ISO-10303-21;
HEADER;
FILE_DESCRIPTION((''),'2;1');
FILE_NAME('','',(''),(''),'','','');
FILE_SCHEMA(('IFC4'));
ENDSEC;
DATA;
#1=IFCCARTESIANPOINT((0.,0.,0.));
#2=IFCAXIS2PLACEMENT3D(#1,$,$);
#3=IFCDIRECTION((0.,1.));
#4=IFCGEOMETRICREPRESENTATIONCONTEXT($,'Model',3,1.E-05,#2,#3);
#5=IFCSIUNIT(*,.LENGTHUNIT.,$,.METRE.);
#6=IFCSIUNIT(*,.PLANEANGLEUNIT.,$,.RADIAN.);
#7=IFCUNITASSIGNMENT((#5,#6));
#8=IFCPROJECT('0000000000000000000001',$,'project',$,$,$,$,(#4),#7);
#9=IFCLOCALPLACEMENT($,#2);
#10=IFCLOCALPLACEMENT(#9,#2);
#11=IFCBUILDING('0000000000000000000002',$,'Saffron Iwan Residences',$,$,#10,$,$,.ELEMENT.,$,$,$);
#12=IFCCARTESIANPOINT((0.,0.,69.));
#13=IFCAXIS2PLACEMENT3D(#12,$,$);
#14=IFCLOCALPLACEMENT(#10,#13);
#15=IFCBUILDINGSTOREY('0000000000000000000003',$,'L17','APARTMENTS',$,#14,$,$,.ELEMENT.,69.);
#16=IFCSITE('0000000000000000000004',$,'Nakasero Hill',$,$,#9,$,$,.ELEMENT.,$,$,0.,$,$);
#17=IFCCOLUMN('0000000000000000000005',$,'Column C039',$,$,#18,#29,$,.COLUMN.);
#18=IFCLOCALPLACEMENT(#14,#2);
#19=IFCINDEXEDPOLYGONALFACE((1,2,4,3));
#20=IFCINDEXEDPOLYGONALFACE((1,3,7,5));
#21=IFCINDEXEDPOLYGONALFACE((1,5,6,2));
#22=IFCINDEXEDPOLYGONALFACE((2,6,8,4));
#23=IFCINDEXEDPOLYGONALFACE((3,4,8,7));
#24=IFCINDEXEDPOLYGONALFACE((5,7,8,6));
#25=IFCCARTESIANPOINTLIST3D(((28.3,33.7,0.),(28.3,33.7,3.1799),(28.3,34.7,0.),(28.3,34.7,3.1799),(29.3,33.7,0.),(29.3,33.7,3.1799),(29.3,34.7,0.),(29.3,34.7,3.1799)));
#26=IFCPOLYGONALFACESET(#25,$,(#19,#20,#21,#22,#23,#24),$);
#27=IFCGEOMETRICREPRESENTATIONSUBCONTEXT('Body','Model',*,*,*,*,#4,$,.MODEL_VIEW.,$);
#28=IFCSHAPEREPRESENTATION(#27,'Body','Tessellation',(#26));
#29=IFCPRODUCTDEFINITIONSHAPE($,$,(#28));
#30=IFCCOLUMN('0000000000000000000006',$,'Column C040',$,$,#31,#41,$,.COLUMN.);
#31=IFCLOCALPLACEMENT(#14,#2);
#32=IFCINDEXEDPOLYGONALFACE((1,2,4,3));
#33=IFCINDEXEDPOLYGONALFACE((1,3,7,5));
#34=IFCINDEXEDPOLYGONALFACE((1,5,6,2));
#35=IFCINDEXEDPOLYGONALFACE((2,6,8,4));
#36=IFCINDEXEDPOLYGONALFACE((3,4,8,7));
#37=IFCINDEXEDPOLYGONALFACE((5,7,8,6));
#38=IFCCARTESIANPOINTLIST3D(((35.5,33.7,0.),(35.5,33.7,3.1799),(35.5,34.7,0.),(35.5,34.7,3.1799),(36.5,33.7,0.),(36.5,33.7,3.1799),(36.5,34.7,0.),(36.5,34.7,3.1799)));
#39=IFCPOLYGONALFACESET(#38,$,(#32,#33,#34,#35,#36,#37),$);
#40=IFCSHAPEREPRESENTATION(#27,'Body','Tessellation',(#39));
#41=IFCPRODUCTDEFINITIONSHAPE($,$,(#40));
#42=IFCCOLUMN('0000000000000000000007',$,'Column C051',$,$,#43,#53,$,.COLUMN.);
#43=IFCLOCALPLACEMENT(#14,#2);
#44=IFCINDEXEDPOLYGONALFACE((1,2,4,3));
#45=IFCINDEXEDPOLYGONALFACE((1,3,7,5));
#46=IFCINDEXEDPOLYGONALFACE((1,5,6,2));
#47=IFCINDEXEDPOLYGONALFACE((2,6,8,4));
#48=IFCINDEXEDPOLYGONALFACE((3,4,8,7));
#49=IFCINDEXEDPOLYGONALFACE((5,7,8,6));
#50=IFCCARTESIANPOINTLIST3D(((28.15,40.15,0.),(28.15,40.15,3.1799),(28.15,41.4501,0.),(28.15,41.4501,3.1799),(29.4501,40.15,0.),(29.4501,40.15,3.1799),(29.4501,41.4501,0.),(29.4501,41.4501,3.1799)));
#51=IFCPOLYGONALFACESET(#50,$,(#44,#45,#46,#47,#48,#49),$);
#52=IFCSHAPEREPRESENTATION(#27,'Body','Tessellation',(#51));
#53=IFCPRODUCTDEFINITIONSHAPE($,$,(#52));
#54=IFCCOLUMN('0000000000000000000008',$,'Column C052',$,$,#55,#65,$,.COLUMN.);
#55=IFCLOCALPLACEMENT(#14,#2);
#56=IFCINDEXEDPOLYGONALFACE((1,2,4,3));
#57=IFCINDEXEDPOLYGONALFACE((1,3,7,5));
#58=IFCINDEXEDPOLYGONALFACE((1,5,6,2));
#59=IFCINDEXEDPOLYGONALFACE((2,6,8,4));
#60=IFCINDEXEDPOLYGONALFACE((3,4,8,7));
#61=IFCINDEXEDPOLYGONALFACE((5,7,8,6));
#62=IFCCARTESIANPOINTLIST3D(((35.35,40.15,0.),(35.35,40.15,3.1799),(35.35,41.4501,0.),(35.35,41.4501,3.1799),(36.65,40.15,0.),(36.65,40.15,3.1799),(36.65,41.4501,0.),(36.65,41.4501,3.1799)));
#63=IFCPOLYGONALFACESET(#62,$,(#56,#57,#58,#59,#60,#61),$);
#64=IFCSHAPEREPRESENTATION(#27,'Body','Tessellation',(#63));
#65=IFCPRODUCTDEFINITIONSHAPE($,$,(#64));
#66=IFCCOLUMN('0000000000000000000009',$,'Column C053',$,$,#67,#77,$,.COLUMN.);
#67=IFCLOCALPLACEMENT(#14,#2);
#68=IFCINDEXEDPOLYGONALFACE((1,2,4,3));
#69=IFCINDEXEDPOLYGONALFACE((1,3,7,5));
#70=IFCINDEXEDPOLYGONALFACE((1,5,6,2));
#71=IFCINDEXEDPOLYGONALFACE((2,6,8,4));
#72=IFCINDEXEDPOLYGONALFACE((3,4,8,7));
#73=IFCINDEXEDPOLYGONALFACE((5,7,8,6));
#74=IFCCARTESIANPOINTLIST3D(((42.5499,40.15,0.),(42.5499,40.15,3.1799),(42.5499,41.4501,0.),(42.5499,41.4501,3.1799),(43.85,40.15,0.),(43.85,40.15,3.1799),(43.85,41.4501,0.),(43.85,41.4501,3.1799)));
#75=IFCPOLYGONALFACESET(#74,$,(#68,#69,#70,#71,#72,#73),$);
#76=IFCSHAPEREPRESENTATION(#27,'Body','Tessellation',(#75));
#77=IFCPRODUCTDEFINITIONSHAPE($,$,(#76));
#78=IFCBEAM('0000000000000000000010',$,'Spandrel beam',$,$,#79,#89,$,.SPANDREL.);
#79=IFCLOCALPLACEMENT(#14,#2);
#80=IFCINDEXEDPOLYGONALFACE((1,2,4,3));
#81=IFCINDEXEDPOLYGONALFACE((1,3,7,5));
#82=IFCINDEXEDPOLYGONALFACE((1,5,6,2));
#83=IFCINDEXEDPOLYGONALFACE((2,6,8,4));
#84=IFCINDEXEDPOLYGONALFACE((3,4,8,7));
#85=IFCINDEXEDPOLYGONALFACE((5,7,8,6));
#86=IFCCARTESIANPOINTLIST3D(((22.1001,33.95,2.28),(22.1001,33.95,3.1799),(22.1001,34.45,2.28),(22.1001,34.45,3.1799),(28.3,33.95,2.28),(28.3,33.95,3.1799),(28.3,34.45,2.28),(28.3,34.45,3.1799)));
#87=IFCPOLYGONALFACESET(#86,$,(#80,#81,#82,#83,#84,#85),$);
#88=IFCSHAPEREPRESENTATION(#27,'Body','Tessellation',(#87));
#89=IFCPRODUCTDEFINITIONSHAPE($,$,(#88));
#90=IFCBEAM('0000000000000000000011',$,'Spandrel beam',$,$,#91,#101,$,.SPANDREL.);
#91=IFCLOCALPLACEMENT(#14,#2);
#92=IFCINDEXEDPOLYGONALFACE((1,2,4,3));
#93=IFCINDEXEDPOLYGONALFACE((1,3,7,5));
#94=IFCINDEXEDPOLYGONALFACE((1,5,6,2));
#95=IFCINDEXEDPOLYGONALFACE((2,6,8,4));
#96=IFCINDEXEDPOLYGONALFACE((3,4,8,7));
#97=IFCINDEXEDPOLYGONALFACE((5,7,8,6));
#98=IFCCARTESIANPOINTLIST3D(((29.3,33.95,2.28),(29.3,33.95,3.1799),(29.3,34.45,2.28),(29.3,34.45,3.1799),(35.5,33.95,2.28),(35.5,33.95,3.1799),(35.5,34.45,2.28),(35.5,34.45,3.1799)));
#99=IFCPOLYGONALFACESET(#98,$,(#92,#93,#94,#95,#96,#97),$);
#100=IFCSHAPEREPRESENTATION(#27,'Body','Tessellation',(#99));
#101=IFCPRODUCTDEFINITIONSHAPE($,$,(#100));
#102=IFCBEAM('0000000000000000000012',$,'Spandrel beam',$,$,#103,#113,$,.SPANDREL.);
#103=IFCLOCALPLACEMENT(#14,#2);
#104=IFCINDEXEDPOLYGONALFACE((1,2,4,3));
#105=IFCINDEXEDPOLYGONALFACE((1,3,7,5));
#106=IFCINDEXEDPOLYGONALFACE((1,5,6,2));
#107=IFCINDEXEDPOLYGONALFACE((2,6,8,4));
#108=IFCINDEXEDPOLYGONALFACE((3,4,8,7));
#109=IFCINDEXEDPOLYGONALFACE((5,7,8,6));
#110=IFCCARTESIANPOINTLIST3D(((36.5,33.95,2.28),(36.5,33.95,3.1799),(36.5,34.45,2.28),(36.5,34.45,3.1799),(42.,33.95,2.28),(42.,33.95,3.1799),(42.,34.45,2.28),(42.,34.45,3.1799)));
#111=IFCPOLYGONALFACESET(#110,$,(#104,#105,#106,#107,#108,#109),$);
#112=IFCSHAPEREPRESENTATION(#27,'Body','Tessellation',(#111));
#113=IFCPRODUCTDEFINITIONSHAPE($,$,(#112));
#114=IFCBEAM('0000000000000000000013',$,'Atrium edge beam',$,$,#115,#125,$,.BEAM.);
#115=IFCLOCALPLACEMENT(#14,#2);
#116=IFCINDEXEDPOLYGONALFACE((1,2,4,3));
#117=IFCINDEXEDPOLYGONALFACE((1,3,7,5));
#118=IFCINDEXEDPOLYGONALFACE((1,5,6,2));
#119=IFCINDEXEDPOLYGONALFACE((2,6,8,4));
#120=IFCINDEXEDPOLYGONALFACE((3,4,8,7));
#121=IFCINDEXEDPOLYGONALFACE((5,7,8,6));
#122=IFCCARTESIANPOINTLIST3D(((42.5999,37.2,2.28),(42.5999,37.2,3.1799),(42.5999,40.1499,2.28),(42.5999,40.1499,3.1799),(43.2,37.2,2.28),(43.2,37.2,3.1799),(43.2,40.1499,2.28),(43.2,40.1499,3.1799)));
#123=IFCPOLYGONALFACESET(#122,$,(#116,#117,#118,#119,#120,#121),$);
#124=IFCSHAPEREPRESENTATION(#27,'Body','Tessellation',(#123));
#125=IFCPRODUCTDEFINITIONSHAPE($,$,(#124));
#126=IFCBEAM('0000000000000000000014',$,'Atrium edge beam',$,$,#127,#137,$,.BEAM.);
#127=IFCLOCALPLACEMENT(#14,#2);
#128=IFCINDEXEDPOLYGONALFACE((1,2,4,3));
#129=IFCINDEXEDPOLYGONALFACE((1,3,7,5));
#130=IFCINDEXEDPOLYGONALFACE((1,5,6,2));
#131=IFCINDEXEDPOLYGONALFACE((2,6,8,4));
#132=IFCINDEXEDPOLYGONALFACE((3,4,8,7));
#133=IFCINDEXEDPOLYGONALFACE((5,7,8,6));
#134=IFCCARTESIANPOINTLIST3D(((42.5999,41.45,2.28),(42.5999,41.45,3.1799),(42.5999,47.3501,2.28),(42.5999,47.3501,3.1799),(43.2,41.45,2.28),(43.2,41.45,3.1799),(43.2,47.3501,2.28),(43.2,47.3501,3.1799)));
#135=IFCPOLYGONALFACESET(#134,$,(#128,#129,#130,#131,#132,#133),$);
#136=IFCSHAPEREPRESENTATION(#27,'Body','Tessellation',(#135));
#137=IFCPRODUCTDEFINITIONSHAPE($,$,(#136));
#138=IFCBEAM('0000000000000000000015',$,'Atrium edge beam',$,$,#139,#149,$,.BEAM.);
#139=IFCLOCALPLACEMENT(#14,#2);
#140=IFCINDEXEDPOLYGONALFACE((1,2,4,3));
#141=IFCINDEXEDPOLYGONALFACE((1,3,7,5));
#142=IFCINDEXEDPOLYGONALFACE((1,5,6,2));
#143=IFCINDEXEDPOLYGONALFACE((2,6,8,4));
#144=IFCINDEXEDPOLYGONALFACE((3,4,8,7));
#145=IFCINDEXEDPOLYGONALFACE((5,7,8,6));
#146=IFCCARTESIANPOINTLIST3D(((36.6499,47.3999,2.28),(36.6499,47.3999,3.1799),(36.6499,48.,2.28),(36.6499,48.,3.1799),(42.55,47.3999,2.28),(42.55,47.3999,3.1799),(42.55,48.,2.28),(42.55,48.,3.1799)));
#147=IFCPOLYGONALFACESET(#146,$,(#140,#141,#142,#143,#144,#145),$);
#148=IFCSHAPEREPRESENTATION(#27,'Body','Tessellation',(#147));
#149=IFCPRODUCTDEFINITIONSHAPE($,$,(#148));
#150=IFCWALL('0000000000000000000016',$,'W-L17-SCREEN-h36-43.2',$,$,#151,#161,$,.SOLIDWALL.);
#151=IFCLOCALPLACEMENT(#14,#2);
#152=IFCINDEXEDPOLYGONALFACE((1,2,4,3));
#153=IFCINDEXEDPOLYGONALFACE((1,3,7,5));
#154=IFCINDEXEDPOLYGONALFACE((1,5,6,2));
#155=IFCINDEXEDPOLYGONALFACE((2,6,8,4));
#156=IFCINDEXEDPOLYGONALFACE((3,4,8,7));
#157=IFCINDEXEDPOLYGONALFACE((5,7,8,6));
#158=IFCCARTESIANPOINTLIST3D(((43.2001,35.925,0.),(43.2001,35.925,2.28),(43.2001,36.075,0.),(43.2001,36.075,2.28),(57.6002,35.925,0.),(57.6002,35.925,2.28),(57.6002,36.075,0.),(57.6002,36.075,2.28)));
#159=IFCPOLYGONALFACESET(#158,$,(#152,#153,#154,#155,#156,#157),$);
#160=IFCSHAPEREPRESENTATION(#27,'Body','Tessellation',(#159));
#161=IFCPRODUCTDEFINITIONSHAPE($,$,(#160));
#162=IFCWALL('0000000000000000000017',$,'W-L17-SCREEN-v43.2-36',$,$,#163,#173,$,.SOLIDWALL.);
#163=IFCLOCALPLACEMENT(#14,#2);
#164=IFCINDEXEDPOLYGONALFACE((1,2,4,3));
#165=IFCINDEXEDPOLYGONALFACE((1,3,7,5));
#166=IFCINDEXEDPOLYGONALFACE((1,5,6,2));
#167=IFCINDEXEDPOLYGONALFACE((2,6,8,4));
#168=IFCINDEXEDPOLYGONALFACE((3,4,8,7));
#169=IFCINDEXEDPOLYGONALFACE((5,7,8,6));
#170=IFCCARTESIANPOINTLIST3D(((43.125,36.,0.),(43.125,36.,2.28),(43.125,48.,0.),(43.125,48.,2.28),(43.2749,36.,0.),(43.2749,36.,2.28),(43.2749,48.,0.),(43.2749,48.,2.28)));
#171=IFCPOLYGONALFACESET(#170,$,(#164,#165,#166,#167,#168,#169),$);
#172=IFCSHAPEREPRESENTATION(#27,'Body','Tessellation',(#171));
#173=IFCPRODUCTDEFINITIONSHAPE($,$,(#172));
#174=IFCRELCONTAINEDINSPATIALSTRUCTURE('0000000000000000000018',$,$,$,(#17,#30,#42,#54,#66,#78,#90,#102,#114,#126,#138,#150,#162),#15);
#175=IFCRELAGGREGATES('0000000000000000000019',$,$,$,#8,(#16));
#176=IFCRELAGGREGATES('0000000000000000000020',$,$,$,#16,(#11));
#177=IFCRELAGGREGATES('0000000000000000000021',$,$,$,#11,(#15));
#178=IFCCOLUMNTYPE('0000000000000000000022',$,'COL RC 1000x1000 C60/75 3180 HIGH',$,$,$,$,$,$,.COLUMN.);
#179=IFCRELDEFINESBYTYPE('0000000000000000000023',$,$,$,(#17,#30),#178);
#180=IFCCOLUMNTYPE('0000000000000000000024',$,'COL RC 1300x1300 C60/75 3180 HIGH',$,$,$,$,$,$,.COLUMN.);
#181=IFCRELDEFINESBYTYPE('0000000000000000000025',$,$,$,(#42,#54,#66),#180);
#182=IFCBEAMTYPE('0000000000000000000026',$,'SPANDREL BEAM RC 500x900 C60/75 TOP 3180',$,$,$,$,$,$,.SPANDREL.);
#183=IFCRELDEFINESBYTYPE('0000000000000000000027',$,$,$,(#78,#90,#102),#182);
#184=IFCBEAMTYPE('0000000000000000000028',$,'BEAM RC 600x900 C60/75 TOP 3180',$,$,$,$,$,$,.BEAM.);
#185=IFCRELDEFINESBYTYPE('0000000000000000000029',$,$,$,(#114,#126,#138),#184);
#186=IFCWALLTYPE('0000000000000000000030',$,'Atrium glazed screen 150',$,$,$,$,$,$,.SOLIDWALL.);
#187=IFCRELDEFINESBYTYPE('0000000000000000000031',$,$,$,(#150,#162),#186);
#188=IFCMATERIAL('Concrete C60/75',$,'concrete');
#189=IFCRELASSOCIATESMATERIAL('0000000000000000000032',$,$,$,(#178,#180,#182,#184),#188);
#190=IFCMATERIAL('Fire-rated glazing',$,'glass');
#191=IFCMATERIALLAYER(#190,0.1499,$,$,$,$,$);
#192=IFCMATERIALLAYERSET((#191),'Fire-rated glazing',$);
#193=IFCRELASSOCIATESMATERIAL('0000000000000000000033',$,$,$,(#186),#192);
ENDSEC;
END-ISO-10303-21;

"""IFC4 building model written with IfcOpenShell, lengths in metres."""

from ifc_helpers import new_model, si_unit, direction, frame, frame_2d, origin, origin_2d, place, context, subcontext, project, spatial, rectangle, extrude, source, transform, mapped, material, layer, layer_set, material_profile, profile_set, type_object, element, save


model = new_model("IFC4")

# Units and contexts
model_context = context("Model", 3, precision=1e-05, world=origin(), true_north=direction((0.0, 1.0)))
body_context = subcontext(model_context, "Body", "Model", "MODEL_VIEW")
ifc_project = project(units=[si_unit("LENGTHUNIT", "METRE"), si_unit("PLANEANGLEUNIT", "RADIAN")], contexts=[model_context])

# Site, building, storey
site_placement = place(None, origin())
site = spatial("IfcSite", under=ifc_project, at=site_placement, Name="Nakasero Hill", CompositionType="ELEMENT", RefElevation=0.0)
building_placement = place(site_placement, origin())
building = spatial("IfcBuilding", under=site, at=building_placement, Name="Saffron Iwan Residences", CompositionType="ELEMENT")
storey_placement = place(building_placement, frame((0.0, 0.0, 69.0)))
storey = spatial("IfcBuildingStorey", under=building, at=storey_placement, Name="L17", Description="APARTMENTS", CompositionType="ELEMENT", Elevation=69.0)

# Columns
ifc_material_1 = material(Name="Concrete C60/75", Category="concrete")
ifc_material_profile_1 = material_profile(ifc_material_1, rectangle(XDim=1.0, YDim=1.0, at=origin_2d()), Name="RC 1000x1000")
ifc_profile_set_1 = profile_set([ifc_material_profile_1], Name="Concrete C60/75")
column_type_1 = type_object("IfcColumnType", Name="COL RC 1000x1000 C60/75 3180 HIGH", PredefinedType="COLUMN", material=ifc_profile_set_1)
shared_shape_1 = source(origin(), body_context, "Body", "SweptSolid", [
    extrude(rectangle(XDim=1.0, YDim=1.0, at=origin_2d()), origin(), (0.0, 0.0, 1.0), 3.1799),
])
for number, where, z_axis, x_axis, name in (
    (1, (28.8, 34.2, 0.0), (0.0, 0.0, 1.0), (1.0, 0.0, 0.0), "Column C039"),
    (2, (36.0, 34.2, 0.0), (0.0, 0.0, 1.0), (1.0, 0.0, 0.0), "Column C040"),
):
    element("IfcColumn", number, at=place(storey_placement, frame(where, z_axis=z_axis, x_axis=x_axis)), inside=storey, type_object=column_type_1, Name=name, PredefinedType="COLUMN", context=body_context, shape_type="MappedRepresentation", body=[
        mapped(shared_shape_1, transform((0.0, 0.0, 0.0))),
    ])
ifc_material_profile_2 = material_profile(ifc_material_1, rectangle(XDim=1.3, YDim=1.3, at=origin_2d()), Name="RC 1300x1300")
ifc_profile_set_2 = profile_set([ifc_material_profile_2], Name="Concrete C60/75")
column_type_2 = type_object("IfcColumnType", Name="COL RC 1300x1300 C60/75 3180 HIGH", PredefinedType="COLUMN", material=ifc_profile_set_2)
shared_shape_2 = source(origin(), body_context, "Body", "SweptSolid", [
    extrude(rectangle(XDim=1.3, YDim=1.3, at=origin_2d()), origin(), (0.0, 0.0, 1.0), 3.1799),
])
for number, where, z_axis, x_axis, name in (
    (3, (28.8, 40.8, 0.0), (0.0, 0.0, 1.0), (1.0, 0.0, 0.0), "Column C051"),
    (4, (36.0, 40.8, 0.0), (0.0, 0.0, 1.0), (1.0, 0.0, 0.0), "Column C052"),
    (5, (43.2, 40.8, 0.0), (0.0, 0.0, 1.0), (1.0, 0.0, 0.0), "Column C053"),
):
    element("IfcColumn", number, at=place(storey_placement, frame(where, z_axis=z_axis, x_axis=x_axis)), inside=storey, type_object=column_type_2, Name=name, PredefinedType="COLUMN", context=body_context, shape_type="MappedRepresentation", body=[
        mapped(shared_shape_2, transform((0.0, 0.0, 0.0))),
    ])

# Beams
ifc_material_profile_3 = material_profile(ifc_material_1, rectangle(XDim=0.5, YDim=0.8999, at=origin_2d()), Name="RC 500x900")
ifc_profile_set_3 = profile_set([ifc_material_profile_3], Name="Concrete C60/75")
beam_type_1 = type_object("IfcBeamType", Name="SPANDREL BEAM RC 500x900 C60/75 TOP 3180", PredefinedType="SPANDREL", material=ifc_profile_set_3)
shared_shape_3 = source(origin(), body_context, "Body", "SweptSolid", [
    extrude(rectangle(XDim=0.5, YDim=0.8999, at=origin_2d()), origin(), (0.0, 0.0, 1.0), 6.2),
])
for number, where, z_axis, x_axis, name in (
    (6, (28.3, 34.2, 2.73), (-1.0, 0.0, 0.0), (0.0, -1.0, 0.0), "Spandrel beam"),
    (7, (35.5, 34.2, 2.73), (-1.0, 0.0, 0.0), (0.0, -1.0, 0.0), "Spandrel beam"),
):
    element("IfcBeam", number, at=place(storey_placement, frame(where, z_axis=z_axis, x_axis=x_axis)), inside=storey, type_object=beam_type_1, Name=name, PredefinedType="SPANDREL", context=body_context, shape_type="MappedRepresentation", body=[
        mapped(shared_shape_3, transform((0.0, 0.0, 0.0))),
    ])
shared_shape_4 = source(origin(), body_context, "Body", "SweptSolid", [
    extrude(rectangle(XDim=0.5, YDim=0.8999, at=origin_2d()), origin(), (0.0, 0.0, 1.0), 5.5),
])
beam_1_placement = place(storey_placement, frame((42.0, 34.2, 2.73), z_axis=(-1.0, 0.0, 0.0), x_axis=(0.0, -1.0, 0.0)))
element("IfcBeam", 8, at=beam_1_placement, inside=storey, type_object=beam_type_1, Name="Spandrel beam", PredefinedType="SPANDREL", context=body_context, shape_type="MappedRepresentation", body=[
    mapped(shared_shape_4, transform((0.0, 0.0, 0.0))),
])
ifc_material_profile_4 = material_profile(ifc_material_1, rectangle(XDim=0.6001, YDim=0.8999, at=origin_2d()), Name="RC 600x900")
ifc_profile_set_4 = profile_set([ifc_material_profile_4], Name="Concrete C60/75")
beam_type_2 = type_object("IfcBeamType", Name="BEAM RC 600x900 C60/75 TOP 3180", PredefinedType="BEAM", material=ifc_profile_set_4)
shared_shape_5 = source(origin(), body_context, "Body", "SweptSolid", [
    extrude(rectangle(XDim=0.6001, YDim=0.8999, at=origin_2d()), origin(), (0.0, 0.0, 1.0), 2.95),
])
beam_2_placement = place(storey_placement, frame((42.8999, 37.2, 2.73), z_axis=(0.0, 1.0, 0.0), x_axis=(-1.0, 0.0, 0.0)))
element("IfcBeam", 9, at=beam_2_placement, inside=storey, type_object=beam_type_2, Name="Atrium edge beam", PredefinedType="BEAM", context=body_context, shape_type="MappedRepresentation", body=[
    mapped(shared_shape_5, transform((0.0, 0.0, 0.0))),
])
shared_shape_6 = source(origin(), body_context, "Body", "SweptSolid", [
    extrude(rectangle(XDim=0.6001, YDim=0.8999, at=origin_2d()), origin(), (0.0, 0.0, 1.0), 5.9001),
])
for number, where, z_axis, x_axis, name in (
    (10, (42.8999, 41.45, 2.73), (0.0, 1.0, 0.0), (-1.0, 0.0, 0.0), "Atrium edge beam"),
    (11, (42.55, 47.7, 2.73), (-1.0, 0.0, 0.0), (0.0, -1.0, 0.0), "Atrium edge beam"),
):
    element("IfcBeam", number, at=place(storey_placement, frame(where, z_axis=z_axis, x_axis=x_axis)), inside=storey, type_object=beam_type_2, Name=name, PredefinedType="BEAM", context=body_context, shape_type="MappedRepresentation", body=[
        mapped(shared_shape_6, transform((0.0, 0.0, 0.0))),
    ])

# Walls
ifc_material_2 = material(Name="Fire-rated glazing", Category="glass")
ifc_layer_1 = layer(ifc_material_2, 0.1499)
ifc_layer_set_1 = layer_set([ifc_layer_1], Name="Fire-rated glazing")
wall_type_1 = type_object("IfcWallType", Name="Atrium glazed screen 150", PredefinedType="SOLIDWALL", material=ifc_layer_set_1)
wall_1_placement = place(storey_placement, frame((43.2, 36.0, 0.0), z_axis=(0.0, 0.0, 1.0), x_axis=(1.0, 0.0, 0.0)))
element("IfcWall", 12, at=wall_1_placement, inside=storey, type_object=wall_type_1, Name="W-L17-SCREEN-h36-43.2", PredefinedType="SOLIDWALL", context=body_context, shape_type="SweptSolid", body=[
    extrude(rectangle(XDim=14.4001, YDim=0.1499, at=frame_2d((7.2002, 0.0))), origin(), (0.0, 0.0, 1.0), 2.28),
])
wall_2_placement = place(storey_placement, frame((43.2, 36.0, 0.0), z_axis=(0.0, 0.0, 1.0), x_axis=(0.0, 1.0, 0.0)))
element("IfcWall", 13, at=wall_2_placement, inside=storey, type_object=wall_type_1, Name="W-L17-SCREEN-v43.2-36", PredefinedType="SOLIDWALL", context=body_context, shape_type="SweptSolid", body=[
    extrude(rectangle(XDim=12.0, YDim=0.1499, at=frame_2d((6.0, 0.0))), origin(), (0.0, 0.0, 1.0), 2.28),
])

save(model, "model.ifc")
